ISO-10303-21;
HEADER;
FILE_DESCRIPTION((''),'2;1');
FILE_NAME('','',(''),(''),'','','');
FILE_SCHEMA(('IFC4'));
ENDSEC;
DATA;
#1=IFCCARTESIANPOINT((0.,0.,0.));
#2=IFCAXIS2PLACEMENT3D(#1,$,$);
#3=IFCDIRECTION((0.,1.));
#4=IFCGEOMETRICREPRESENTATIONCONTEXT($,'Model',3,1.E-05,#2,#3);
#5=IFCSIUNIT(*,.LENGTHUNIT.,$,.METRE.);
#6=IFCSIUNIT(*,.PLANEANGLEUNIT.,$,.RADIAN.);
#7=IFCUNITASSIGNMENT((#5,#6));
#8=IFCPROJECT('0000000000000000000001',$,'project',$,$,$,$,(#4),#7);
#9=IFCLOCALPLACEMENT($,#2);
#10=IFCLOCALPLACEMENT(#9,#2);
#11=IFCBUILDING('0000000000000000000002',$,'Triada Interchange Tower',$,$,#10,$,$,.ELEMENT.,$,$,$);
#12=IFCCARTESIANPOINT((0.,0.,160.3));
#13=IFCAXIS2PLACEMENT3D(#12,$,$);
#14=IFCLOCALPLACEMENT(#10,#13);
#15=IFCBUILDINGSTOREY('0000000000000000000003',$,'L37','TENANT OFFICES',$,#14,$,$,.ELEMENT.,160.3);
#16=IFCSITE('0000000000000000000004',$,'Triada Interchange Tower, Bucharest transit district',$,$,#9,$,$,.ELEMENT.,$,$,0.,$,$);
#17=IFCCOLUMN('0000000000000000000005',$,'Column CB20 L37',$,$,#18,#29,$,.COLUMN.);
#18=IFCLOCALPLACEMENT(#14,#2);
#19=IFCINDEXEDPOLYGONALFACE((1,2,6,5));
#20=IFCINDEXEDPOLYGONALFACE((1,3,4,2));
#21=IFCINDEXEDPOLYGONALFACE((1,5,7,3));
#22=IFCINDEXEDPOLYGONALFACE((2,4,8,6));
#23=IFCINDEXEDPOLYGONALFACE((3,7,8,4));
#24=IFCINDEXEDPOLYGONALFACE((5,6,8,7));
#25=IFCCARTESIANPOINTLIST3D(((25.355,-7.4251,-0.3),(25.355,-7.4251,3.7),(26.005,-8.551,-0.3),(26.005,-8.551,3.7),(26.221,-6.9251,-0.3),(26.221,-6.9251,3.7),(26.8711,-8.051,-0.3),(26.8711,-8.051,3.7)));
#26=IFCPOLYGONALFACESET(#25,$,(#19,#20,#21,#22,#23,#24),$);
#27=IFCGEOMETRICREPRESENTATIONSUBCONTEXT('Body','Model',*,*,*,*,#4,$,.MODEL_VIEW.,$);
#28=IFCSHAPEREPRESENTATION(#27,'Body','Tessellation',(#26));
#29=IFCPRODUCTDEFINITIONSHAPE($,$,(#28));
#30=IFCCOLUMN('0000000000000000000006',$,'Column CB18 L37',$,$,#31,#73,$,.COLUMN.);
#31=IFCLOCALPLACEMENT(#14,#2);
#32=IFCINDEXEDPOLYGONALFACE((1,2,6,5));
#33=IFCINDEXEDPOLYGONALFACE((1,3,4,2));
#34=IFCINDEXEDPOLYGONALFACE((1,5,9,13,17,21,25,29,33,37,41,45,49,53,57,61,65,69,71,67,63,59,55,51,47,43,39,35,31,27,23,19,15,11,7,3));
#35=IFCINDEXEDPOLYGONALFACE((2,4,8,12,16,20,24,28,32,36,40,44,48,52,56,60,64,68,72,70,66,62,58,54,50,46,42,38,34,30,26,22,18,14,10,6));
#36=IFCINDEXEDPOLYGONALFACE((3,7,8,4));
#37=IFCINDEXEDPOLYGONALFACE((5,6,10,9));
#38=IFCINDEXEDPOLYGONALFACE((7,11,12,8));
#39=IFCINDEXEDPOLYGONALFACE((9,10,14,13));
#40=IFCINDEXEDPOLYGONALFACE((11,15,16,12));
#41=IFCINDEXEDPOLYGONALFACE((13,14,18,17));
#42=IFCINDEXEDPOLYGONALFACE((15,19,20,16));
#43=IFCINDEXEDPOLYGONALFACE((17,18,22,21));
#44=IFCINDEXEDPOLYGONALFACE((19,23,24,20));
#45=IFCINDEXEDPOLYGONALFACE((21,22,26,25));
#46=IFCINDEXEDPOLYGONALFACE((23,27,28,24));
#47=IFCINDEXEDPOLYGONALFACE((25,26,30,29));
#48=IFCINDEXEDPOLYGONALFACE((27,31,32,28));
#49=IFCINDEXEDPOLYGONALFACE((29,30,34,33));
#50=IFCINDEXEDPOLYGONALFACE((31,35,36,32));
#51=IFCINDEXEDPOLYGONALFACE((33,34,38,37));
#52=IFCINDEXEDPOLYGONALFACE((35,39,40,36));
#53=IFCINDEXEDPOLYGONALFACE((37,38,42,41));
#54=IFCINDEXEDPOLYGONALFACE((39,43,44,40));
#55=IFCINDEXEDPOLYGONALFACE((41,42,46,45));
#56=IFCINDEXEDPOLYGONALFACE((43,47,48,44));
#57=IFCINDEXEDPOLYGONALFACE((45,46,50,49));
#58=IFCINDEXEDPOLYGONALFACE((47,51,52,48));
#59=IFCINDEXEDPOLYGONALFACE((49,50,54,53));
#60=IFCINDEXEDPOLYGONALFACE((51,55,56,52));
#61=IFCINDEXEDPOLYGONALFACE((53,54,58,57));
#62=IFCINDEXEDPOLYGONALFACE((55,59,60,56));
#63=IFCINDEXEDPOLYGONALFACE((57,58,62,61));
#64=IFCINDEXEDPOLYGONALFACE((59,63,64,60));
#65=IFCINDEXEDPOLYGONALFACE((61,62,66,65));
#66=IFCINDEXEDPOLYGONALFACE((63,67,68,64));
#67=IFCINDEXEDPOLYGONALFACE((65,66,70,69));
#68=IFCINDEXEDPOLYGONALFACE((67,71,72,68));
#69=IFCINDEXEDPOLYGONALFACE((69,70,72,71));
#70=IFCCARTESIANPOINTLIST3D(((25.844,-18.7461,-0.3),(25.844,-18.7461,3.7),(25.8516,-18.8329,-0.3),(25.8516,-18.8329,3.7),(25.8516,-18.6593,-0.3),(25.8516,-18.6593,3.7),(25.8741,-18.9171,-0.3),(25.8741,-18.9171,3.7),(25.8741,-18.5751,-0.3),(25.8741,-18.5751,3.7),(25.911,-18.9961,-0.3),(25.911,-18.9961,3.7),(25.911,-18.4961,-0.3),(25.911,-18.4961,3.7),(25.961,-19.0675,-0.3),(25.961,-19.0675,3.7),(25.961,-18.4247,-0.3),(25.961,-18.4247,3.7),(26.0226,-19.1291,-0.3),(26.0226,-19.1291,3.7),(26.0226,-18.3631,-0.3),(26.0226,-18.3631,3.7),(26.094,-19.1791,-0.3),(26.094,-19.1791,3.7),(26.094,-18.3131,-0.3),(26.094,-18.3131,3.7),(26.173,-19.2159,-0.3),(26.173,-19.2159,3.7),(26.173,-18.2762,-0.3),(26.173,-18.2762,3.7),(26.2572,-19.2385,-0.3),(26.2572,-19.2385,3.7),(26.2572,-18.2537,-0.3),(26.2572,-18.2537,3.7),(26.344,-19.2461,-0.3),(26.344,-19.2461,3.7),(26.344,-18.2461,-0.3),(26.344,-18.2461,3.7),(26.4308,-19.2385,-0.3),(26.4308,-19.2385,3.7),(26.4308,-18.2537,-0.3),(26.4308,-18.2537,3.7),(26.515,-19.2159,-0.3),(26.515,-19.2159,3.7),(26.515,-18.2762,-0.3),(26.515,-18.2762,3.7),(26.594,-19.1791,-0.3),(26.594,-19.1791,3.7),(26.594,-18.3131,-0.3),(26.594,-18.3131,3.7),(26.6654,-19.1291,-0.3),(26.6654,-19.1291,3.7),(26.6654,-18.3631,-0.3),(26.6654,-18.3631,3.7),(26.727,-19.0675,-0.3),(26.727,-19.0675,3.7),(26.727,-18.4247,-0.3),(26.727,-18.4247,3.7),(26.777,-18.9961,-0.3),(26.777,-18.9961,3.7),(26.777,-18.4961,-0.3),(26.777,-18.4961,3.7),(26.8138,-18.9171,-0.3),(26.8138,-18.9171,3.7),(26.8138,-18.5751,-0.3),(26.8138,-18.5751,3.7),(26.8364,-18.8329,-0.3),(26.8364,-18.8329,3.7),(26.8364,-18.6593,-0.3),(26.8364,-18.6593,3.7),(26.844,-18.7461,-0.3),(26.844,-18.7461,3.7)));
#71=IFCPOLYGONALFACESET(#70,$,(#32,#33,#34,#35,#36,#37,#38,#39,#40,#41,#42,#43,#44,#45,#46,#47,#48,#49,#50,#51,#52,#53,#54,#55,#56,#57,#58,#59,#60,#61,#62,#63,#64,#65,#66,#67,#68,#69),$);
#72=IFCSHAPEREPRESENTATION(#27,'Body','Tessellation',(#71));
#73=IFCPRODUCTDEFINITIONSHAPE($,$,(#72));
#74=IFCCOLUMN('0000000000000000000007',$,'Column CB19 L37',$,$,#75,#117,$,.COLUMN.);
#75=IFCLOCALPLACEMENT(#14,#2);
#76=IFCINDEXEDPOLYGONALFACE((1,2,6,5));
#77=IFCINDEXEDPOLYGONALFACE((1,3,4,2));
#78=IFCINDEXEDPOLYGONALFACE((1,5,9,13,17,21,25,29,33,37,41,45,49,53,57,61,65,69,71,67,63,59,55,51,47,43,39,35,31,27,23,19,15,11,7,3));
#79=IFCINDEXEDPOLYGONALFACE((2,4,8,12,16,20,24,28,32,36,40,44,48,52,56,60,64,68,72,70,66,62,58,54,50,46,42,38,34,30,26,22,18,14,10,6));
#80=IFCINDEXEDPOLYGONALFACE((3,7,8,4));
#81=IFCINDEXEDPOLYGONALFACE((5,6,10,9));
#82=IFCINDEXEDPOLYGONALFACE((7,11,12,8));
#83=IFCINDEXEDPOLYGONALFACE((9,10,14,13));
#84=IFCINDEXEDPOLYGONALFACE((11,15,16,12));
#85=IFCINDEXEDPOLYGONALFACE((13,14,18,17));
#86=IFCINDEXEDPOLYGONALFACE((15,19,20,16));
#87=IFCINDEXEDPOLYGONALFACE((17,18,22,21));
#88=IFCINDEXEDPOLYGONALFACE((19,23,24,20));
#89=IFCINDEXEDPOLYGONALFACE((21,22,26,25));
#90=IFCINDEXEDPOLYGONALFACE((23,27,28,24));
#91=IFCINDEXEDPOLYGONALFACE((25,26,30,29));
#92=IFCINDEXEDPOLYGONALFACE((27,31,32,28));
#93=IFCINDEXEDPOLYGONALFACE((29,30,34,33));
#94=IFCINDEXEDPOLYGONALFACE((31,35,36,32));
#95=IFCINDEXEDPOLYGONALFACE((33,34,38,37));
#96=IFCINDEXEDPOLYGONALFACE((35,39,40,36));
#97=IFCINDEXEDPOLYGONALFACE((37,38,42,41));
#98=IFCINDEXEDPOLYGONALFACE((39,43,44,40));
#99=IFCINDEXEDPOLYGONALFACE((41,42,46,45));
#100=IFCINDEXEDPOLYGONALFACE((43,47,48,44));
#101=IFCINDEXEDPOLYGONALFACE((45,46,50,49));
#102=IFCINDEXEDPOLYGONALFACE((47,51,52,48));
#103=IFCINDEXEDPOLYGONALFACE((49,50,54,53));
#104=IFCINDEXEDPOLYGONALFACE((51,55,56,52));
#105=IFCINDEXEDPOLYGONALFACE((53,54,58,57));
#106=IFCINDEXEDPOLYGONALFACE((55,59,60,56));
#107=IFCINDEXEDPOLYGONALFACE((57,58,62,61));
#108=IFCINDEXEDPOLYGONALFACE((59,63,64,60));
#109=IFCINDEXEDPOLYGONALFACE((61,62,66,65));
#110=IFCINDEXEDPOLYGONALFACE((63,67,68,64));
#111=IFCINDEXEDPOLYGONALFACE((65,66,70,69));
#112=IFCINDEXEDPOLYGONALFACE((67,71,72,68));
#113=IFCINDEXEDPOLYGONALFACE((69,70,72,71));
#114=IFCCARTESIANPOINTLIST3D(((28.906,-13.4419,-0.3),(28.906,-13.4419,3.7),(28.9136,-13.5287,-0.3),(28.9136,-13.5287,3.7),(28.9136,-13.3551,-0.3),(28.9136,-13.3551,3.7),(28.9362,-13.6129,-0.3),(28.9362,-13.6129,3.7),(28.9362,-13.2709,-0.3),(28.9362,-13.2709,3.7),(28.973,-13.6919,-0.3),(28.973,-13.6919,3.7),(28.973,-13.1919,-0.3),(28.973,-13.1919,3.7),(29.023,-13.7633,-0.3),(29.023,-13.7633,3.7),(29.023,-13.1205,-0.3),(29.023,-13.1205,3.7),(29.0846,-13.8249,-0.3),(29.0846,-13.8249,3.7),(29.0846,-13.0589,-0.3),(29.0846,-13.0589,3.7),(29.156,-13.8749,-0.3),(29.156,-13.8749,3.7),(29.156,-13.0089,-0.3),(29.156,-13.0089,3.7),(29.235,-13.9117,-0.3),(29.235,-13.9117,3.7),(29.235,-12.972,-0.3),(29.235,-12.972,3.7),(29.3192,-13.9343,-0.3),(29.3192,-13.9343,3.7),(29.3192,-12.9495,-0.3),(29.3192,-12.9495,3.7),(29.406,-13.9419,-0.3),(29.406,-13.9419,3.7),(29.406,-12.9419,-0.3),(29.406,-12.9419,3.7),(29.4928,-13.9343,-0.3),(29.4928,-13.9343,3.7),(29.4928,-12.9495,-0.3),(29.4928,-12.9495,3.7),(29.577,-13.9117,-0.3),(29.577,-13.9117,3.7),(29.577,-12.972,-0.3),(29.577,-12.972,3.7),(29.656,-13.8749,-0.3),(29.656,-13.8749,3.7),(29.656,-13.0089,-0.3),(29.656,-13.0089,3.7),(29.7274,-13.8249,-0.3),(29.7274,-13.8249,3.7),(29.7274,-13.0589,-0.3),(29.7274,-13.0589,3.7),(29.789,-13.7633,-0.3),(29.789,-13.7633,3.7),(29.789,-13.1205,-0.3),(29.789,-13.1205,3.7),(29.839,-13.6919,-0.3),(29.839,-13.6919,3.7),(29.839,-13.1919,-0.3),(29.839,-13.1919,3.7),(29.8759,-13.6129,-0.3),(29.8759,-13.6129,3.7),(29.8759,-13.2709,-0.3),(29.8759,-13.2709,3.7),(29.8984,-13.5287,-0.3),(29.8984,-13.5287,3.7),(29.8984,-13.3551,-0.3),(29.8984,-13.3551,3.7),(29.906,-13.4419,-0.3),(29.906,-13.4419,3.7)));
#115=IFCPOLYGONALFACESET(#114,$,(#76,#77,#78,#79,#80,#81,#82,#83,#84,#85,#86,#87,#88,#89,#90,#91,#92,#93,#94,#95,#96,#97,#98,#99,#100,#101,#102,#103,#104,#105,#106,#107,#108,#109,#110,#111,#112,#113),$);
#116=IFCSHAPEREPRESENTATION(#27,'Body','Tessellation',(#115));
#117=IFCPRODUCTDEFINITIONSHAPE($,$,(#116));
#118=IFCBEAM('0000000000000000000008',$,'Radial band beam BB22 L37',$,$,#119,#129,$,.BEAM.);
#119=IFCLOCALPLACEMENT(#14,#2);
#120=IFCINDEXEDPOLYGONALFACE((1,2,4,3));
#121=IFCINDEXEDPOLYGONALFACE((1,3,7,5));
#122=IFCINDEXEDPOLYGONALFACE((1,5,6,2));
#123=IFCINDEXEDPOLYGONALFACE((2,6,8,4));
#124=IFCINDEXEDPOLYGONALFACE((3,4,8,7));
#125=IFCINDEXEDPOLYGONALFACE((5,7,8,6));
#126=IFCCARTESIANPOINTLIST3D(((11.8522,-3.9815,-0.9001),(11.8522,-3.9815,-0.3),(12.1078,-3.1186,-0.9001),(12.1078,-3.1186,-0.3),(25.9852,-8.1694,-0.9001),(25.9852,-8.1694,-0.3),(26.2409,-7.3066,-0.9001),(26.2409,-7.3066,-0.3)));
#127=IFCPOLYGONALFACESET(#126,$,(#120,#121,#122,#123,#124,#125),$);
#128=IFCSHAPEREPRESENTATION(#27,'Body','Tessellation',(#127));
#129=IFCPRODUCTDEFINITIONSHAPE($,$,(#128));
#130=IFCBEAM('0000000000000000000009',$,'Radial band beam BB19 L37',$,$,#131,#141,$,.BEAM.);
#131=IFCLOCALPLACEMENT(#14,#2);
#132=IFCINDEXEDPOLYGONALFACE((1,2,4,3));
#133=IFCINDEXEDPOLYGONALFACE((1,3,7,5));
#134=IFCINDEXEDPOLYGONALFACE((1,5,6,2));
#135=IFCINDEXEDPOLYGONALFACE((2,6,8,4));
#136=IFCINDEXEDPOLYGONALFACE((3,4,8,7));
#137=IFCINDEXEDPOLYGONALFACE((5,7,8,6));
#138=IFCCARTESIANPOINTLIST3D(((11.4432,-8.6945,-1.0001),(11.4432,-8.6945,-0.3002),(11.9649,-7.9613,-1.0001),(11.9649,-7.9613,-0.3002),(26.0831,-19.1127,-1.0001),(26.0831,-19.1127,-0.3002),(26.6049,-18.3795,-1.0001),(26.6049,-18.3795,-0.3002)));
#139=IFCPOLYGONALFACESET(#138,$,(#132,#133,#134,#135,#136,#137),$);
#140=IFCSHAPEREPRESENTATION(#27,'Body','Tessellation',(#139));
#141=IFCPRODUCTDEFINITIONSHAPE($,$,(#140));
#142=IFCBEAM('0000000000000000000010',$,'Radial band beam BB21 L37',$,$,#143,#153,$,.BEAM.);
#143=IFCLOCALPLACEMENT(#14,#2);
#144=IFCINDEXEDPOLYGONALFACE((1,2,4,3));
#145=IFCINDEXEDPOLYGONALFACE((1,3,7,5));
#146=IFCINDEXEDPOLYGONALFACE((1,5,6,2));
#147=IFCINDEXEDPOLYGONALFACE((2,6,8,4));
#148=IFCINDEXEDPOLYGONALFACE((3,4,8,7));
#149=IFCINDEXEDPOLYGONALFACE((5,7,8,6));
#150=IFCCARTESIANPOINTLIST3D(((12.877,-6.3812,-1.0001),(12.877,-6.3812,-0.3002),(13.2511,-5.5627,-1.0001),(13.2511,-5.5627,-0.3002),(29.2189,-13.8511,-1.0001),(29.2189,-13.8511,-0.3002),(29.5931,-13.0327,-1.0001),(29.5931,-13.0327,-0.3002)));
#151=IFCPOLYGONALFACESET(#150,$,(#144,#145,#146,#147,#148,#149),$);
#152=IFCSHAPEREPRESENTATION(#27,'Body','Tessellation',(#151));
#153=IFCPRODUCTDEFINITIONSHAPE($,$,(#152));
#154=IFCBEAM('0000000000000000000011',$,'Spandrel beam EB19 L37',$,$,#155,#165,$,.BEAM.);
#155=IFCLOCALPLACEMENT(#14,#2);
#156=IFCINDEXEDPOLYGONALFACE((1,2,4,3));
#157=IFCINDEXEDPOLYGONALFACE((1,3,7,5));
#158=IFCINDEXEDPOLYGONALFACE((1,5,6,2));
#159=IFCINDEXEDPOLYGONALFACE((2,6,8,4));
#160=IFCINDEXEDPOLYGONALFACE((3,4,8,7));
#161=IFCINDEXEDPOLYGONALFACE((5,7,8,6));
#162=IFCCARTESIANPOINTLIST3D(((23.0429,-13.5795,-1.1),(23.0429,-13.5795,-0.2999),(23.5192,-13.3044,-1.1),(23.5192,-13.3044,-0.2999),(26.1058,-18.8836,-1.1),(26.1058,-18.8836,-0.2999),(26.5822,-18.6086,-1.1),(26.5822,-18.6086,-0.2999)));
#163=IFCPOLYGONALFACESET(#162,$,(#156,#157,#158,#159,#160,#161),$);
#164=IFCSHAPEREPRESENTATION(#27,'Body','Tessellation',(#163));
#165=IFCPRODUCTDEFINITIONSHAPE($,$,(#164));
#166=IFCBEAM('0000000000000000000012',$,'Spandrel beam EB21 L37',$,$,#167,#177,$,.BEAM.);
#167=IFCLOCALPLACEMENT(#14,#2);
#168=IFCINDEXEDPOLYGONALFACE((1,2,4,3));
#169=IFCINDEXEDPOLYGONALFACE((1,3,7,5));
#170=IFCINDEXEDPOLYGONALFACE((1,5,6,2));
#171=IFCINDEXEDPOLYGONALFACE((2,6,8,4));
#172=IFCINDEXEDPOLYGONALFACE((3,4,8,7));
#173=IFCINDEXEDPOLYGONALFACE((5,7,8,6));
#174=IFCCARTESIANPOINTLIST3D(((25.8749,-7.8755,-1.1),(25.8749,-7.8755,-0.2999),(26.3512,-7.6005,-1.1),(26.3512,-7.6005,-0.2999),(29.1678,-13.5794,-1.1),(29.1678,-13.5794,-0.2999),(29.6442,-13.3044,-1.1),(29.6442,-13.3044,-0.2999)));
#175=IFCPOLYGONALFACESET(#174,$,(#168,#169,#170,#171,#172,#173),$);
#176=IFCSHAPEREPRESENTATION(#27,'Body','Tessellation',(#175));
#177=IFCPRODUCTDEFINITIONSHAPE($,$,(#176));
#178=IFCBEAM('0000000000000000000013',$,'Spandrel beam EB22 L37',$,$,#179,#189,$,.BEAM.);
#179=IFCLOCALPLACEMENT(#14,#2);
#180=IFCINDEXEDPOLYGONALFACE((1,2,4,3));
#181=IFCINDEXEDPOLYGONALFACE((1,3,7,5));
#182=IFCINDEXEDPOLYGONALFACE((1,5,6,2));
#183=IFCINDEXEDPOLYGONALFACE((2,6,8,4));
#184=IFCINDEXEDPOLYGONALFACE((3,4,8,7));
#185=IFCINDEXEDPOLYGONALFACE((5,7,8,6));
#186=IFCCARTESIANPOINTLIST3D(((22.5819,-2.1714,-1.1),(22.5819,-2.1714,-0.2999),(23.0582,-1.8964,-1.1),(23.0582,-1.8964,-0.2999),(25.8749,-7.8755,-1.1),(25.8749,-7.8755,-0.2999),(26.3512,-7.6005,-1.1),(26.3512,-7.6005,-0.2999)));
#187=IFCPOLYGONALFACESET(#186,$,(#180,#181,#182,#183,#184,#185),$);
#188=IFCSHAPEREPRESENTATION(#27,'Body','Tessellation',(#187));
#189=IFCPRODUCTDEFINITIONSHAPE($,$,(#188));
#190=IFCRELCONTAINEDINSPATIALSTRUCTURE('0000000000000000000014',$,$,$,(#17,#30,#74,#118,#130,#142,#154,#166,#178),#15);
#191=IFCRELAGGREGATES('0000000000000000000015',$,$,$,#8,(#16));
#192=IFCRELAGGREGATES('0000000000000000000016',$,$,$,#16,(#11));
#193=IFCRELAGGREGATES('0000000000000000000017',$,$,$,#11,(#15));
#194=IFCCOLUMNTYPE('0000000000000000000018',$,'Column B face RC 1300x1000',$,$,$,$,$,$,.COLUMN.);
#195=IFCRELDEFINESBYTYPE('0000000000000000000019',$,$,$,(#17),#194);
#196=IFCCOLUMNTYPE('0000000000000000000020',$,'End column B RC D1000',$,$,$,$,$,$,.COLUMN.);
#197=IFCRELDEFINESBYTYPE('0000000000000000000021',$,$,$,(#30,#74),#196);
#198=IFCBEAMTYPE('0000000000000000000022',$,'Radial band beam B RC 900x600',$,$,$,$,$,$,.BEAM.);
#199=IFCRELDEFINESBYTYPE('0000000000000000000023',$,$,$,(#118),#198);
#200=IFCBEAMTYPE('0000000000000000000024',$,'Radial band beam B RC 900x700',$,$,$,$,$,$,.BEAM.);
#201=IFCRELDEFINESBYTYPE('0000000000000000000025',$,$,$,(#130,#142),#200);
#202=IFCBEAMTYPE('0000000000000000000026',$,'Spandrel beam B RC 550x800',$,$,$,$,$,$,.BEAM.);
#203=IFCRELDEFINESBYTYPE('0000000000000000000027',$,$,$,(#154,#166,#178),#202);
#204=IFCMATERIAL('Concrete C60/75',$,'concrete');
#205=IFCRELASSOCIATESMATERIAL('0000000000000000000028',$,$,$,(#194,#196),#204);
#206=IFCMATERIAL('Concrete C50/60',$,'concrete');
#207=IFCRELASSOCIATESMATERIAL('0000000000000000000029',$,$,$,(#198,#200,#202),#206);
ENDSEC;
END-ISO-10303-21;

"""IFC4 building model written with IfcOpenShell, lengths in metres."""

from ifc_helpers import new_model, si_unit, direction, frame, origin, origin_2d, place, context, subcontext, project, spatial, rectangle, circle, extrude, material, material_profile, profile_set, type_object, element, save


model = new_model("IFC4")

# Units and contexts
model_context = context("Model", 3, precision=1e-05, world=origin(), true_north=direction((0.0, 1.0)))
body_context = subcontext(model_context, "Body", "Model", "MODEL_VIEW")
ifc_project = project(units=[si_unit("LENGTHUNIT", "METRE"), si_unit("PLANEANGLEUNIT", "RADIAN")], contexts=[model_context])

# Site, building, storey
site_placement = place(None, origin())
site = spatial("IfcSite", under=ifc_project, at=site_placement, Name="Triada Interchange Tower, Bucharest transit district", CompositionType="ELEMENT", RefElevation=0.0)
building_placement = place(site_placement, origin())
building = spatial("IfcBuilding", under=site, at=building_placement, Name="Triada Interchange Tower", CompositionType="ELEMENT")
storey_placement = place(building_placement, frame((0.0, 0.0, 160.3)))
storey = spatial("IfcBuildingStorey", under=building, at=storey_placement, Name="L37", Description="TENANT OFFICES", CompositionType="ELEMENT", Elevation=160.3)

# Columns
ifc_material_1 = material(Name="Concrete C60/75", Category="concrete")
ifc_material_profile_1 = material_profile(ifc_material_1, rectangle(XDim=1.3, YDim=1.0, at=origin_2d()), Name="RC 1300x1000")
ifc_profile_set_1 = profile_set([ifc_material_profile_1], Name="Concrete C60/75")
column_type_1 = type_object("IfcColumnType", Name="Column B face RC 1300x1000", PredefinedType="COLUMN", material=ifc_profile_set_1)
column_placement = place(storey_placement, frame((26.113, -7.738, -0.3), z_axis=(0.0, 0.0, 1.0), x_axis=(-0.5, 0.866025, 0.0)))
element("IfcColumn", 1, at=column_placement, inside=storey, type_object=column_type_1, Name="Column CB20 L37", PredefinedType="COLUMN", context=body_context, shape_type="SweptSolid", body=[
    extrude(rectangle(XDim=1.3, YDim=1.0, at=origin_2d()), origin(), (0.0, 0.0, 1.0), 4.0),
])
ifc_material_profile_2 = material_profile(ifc_material_1, circle(Radius=0.5, at=origin_2d()), Name="RC D1000")
ifc_profile_set_2 = profile_set([ifc_material_profile_2], Name="Concrete C60/75")
column_type_2 = type_object("IfcColumnType", Name="End column B RC D1000", PredefinedType="COLUMN", material=ifc_profile_set_2)
for number, where, z_axis, x_axis, name in (
    (2, (26.344, -18.7461, -0.3), (0.0, 0.0, 1.0), (1.0, 0.0, 0.0), "Column CB18 L37"),
    (3, (29.406, -13.4419, -0.3), (0.0, 0.0, 1.0), (-0.5, 0.866025, 0.0), "Column CB19 L37"),
):
    element("IfcColumn", number, at=place(storey_placement, frame(where, z_axis=z_axis, x_axis=x_axis)), inside=storey, type_object=column_type_2, Name=name, PredefinedType="COLUMN", context=body_context, shape_type="SweptSolid", body=[
        extrude(circle(Radius=0.5, at=origin_2d()), origin(), (0.0, 0.0, 1.0), 4.0),
    ])

# Beams
ifc_material_2 = material(Name="Concrete C50/60", Category="concrete")
ifc_material_profile_3 = material_profile(ifc_material_2, rectangle(XDim=0.8999, YDim=0.6001, at=origin_2d()), Name="RC 900x600")
ifc_profile_set_3 = profile_set([ifc_material_profile_3], Name="Concrete C50/60")
beam_type_1 = type_object("IfcBeamType", Name="Radial band beam B RC 900x600", PredefinedType="BEAM", material=ifc_profile_set_3)
beam_1_placement = place(storey_placement, frame((26.113, -7.738, -0.6001), z_axis=(-0.95879, 0.284114, 0.0), x_axis=(-0.284114, -0.95879, 0.0)))
element("IfcBeam", 4, at=beam_1_placement, inside=storey, type_object=beam_type_1, Name="Radial band beam BB22 L37", PredefinedType="BEAM", context=body_context, shape_type="SweptSolid", body=[
    extrude(rectangle(XDim=0.8999, YDim=0.6001, at=origin_2d()), origin(), (0.0, 0.0, 1.0), 14.7405),
])
ifc_material_profile_4 = material_profile(ifc_material_2, rectangle(XDim=0.8999, YDim=0.7, at=origin_2d()), Name="RC 900x700")
ifc_profile_set_4 = profile_set([ifc_material_profile_4], Name="Concrete C50/60")
beam_type_2 = type_object("IfcBeamType", Name="Radial band beam B RC 900x700", PredefinedType="BEAM", material=ifc_profile_set_4)
beam_2_placement = place(storey_placement, frame((26.344, -18.7461, -0.6501), z_axis=(-0.814755, 0.579805, 0.0), x_axis=(-0.579805, -0.814755, 0.0)))
element("IfcBeam", 5, at=beam_2_placement, inside=storey, type_object=beam_type_2, Name="Radial band beam BB19 L37", PredefinedType="BEAM", context=body_context, shape_type="SweptSolid", body=[
    extrude(rectangle(XDim=0.8999, YDim=0.7, at=origin_2d()), origin(), (0.0, 0.0, 1.0), 17.9685),
])
beam_3_placement = place(storey_placement, frame((29.406, -13.4419, -0.6501), z_axis=(-0.909489, 0.415729, 0.0), x_axis=(-0.415729, -0.909489, 0.0)))
element("IfcBeam", 6, at=beam_3_placement, inside=storey, type_object=beam_type_2, Name="Radial band beam BB21 L37", PredefinedType="BEAM", context=body_context, shape_type="SweptSolid", body=[
    extrude(rectangle(XDim=0.8999, YDim=0.7, at=origin_2d()), origin(), (0.0, 0.0, 1.0), 17.9683),
])
ifc_material_profile_5 = material_profile(ifc_material_2, rectangle(XDim=0.55, YDim=0.8, at=origin_2d()), Name="RC 550x800")
ifc_profile_set_5 = profile_set([ifc_material_profile_5], Name="Concrete C50/60")
beam_type_3 = type_object("IfcBeamType", Name="Spandrel beam B RC 550x800", PredefinedType="BEAM", material=ifc_profile_set_5)
beam_4_placement = place(storey_placement, frame((26.344, -18.7461, -0.7), z_axis=(-0.500074, 0.865982, 0.0), x_axis=(-0.865982, -0.500074, 0.0)))
element("IfcBeam", 7, at=beam_4_placement, inside=storey, type_object=beam_type_3, Name="Spandrel beam EB19 L37", PredefinedType="BEAM", context=body_context, shape_type="SweptSolid", body=[
    extrude(rectangle(XDim=0.55, YDim=0.8, at=origin_2d()), origin(), (0.0, 0.0, 1.0), 6.125),
])
beam_5_placement = place(storey_placement, frame((29.406, -13.4419, -0.7), z_axis=(-0.499982, 0.866036, 0.0), x_axis=(-0.866036, -0.499982, 0.0)))
element("IfcBeam", 8, at=beam_5_placement, inside=storey, type_object=beam_type_3, Name="Spandrel beam EB21 L37", PredefinedType="BEAM", context=body_context, shape_type="SweptSolid", body=[
    extrude(rectangle(XDim=0.55, YDim=0.8, at=origin_2d()), origin(), (0.0, 0.0, 1.0), 6.5862),
])
beam_6_placement = place(storey_placement, frame((26.113, -7.738, -0.7), z_axis=(-0.499966, 0.866045, 0.0), x_axis=(-0.866045, -0.499966, 0.0)))
element("IfcBeam", 9, at=beam_6_placement, inside=storey, type_object=beam_type_3, Name="Spandrel beam EB22 L37", PredefinedType="BEAM", context=body_context, shape_type="SweptSolid", body=[
    extrude(rectangle(XDim=0.55, YDim=0.8, at=origin_2d()), origin(), (0.0, 0.0, 1.0), 6.5864),
])

save(model, "model.ifc")
